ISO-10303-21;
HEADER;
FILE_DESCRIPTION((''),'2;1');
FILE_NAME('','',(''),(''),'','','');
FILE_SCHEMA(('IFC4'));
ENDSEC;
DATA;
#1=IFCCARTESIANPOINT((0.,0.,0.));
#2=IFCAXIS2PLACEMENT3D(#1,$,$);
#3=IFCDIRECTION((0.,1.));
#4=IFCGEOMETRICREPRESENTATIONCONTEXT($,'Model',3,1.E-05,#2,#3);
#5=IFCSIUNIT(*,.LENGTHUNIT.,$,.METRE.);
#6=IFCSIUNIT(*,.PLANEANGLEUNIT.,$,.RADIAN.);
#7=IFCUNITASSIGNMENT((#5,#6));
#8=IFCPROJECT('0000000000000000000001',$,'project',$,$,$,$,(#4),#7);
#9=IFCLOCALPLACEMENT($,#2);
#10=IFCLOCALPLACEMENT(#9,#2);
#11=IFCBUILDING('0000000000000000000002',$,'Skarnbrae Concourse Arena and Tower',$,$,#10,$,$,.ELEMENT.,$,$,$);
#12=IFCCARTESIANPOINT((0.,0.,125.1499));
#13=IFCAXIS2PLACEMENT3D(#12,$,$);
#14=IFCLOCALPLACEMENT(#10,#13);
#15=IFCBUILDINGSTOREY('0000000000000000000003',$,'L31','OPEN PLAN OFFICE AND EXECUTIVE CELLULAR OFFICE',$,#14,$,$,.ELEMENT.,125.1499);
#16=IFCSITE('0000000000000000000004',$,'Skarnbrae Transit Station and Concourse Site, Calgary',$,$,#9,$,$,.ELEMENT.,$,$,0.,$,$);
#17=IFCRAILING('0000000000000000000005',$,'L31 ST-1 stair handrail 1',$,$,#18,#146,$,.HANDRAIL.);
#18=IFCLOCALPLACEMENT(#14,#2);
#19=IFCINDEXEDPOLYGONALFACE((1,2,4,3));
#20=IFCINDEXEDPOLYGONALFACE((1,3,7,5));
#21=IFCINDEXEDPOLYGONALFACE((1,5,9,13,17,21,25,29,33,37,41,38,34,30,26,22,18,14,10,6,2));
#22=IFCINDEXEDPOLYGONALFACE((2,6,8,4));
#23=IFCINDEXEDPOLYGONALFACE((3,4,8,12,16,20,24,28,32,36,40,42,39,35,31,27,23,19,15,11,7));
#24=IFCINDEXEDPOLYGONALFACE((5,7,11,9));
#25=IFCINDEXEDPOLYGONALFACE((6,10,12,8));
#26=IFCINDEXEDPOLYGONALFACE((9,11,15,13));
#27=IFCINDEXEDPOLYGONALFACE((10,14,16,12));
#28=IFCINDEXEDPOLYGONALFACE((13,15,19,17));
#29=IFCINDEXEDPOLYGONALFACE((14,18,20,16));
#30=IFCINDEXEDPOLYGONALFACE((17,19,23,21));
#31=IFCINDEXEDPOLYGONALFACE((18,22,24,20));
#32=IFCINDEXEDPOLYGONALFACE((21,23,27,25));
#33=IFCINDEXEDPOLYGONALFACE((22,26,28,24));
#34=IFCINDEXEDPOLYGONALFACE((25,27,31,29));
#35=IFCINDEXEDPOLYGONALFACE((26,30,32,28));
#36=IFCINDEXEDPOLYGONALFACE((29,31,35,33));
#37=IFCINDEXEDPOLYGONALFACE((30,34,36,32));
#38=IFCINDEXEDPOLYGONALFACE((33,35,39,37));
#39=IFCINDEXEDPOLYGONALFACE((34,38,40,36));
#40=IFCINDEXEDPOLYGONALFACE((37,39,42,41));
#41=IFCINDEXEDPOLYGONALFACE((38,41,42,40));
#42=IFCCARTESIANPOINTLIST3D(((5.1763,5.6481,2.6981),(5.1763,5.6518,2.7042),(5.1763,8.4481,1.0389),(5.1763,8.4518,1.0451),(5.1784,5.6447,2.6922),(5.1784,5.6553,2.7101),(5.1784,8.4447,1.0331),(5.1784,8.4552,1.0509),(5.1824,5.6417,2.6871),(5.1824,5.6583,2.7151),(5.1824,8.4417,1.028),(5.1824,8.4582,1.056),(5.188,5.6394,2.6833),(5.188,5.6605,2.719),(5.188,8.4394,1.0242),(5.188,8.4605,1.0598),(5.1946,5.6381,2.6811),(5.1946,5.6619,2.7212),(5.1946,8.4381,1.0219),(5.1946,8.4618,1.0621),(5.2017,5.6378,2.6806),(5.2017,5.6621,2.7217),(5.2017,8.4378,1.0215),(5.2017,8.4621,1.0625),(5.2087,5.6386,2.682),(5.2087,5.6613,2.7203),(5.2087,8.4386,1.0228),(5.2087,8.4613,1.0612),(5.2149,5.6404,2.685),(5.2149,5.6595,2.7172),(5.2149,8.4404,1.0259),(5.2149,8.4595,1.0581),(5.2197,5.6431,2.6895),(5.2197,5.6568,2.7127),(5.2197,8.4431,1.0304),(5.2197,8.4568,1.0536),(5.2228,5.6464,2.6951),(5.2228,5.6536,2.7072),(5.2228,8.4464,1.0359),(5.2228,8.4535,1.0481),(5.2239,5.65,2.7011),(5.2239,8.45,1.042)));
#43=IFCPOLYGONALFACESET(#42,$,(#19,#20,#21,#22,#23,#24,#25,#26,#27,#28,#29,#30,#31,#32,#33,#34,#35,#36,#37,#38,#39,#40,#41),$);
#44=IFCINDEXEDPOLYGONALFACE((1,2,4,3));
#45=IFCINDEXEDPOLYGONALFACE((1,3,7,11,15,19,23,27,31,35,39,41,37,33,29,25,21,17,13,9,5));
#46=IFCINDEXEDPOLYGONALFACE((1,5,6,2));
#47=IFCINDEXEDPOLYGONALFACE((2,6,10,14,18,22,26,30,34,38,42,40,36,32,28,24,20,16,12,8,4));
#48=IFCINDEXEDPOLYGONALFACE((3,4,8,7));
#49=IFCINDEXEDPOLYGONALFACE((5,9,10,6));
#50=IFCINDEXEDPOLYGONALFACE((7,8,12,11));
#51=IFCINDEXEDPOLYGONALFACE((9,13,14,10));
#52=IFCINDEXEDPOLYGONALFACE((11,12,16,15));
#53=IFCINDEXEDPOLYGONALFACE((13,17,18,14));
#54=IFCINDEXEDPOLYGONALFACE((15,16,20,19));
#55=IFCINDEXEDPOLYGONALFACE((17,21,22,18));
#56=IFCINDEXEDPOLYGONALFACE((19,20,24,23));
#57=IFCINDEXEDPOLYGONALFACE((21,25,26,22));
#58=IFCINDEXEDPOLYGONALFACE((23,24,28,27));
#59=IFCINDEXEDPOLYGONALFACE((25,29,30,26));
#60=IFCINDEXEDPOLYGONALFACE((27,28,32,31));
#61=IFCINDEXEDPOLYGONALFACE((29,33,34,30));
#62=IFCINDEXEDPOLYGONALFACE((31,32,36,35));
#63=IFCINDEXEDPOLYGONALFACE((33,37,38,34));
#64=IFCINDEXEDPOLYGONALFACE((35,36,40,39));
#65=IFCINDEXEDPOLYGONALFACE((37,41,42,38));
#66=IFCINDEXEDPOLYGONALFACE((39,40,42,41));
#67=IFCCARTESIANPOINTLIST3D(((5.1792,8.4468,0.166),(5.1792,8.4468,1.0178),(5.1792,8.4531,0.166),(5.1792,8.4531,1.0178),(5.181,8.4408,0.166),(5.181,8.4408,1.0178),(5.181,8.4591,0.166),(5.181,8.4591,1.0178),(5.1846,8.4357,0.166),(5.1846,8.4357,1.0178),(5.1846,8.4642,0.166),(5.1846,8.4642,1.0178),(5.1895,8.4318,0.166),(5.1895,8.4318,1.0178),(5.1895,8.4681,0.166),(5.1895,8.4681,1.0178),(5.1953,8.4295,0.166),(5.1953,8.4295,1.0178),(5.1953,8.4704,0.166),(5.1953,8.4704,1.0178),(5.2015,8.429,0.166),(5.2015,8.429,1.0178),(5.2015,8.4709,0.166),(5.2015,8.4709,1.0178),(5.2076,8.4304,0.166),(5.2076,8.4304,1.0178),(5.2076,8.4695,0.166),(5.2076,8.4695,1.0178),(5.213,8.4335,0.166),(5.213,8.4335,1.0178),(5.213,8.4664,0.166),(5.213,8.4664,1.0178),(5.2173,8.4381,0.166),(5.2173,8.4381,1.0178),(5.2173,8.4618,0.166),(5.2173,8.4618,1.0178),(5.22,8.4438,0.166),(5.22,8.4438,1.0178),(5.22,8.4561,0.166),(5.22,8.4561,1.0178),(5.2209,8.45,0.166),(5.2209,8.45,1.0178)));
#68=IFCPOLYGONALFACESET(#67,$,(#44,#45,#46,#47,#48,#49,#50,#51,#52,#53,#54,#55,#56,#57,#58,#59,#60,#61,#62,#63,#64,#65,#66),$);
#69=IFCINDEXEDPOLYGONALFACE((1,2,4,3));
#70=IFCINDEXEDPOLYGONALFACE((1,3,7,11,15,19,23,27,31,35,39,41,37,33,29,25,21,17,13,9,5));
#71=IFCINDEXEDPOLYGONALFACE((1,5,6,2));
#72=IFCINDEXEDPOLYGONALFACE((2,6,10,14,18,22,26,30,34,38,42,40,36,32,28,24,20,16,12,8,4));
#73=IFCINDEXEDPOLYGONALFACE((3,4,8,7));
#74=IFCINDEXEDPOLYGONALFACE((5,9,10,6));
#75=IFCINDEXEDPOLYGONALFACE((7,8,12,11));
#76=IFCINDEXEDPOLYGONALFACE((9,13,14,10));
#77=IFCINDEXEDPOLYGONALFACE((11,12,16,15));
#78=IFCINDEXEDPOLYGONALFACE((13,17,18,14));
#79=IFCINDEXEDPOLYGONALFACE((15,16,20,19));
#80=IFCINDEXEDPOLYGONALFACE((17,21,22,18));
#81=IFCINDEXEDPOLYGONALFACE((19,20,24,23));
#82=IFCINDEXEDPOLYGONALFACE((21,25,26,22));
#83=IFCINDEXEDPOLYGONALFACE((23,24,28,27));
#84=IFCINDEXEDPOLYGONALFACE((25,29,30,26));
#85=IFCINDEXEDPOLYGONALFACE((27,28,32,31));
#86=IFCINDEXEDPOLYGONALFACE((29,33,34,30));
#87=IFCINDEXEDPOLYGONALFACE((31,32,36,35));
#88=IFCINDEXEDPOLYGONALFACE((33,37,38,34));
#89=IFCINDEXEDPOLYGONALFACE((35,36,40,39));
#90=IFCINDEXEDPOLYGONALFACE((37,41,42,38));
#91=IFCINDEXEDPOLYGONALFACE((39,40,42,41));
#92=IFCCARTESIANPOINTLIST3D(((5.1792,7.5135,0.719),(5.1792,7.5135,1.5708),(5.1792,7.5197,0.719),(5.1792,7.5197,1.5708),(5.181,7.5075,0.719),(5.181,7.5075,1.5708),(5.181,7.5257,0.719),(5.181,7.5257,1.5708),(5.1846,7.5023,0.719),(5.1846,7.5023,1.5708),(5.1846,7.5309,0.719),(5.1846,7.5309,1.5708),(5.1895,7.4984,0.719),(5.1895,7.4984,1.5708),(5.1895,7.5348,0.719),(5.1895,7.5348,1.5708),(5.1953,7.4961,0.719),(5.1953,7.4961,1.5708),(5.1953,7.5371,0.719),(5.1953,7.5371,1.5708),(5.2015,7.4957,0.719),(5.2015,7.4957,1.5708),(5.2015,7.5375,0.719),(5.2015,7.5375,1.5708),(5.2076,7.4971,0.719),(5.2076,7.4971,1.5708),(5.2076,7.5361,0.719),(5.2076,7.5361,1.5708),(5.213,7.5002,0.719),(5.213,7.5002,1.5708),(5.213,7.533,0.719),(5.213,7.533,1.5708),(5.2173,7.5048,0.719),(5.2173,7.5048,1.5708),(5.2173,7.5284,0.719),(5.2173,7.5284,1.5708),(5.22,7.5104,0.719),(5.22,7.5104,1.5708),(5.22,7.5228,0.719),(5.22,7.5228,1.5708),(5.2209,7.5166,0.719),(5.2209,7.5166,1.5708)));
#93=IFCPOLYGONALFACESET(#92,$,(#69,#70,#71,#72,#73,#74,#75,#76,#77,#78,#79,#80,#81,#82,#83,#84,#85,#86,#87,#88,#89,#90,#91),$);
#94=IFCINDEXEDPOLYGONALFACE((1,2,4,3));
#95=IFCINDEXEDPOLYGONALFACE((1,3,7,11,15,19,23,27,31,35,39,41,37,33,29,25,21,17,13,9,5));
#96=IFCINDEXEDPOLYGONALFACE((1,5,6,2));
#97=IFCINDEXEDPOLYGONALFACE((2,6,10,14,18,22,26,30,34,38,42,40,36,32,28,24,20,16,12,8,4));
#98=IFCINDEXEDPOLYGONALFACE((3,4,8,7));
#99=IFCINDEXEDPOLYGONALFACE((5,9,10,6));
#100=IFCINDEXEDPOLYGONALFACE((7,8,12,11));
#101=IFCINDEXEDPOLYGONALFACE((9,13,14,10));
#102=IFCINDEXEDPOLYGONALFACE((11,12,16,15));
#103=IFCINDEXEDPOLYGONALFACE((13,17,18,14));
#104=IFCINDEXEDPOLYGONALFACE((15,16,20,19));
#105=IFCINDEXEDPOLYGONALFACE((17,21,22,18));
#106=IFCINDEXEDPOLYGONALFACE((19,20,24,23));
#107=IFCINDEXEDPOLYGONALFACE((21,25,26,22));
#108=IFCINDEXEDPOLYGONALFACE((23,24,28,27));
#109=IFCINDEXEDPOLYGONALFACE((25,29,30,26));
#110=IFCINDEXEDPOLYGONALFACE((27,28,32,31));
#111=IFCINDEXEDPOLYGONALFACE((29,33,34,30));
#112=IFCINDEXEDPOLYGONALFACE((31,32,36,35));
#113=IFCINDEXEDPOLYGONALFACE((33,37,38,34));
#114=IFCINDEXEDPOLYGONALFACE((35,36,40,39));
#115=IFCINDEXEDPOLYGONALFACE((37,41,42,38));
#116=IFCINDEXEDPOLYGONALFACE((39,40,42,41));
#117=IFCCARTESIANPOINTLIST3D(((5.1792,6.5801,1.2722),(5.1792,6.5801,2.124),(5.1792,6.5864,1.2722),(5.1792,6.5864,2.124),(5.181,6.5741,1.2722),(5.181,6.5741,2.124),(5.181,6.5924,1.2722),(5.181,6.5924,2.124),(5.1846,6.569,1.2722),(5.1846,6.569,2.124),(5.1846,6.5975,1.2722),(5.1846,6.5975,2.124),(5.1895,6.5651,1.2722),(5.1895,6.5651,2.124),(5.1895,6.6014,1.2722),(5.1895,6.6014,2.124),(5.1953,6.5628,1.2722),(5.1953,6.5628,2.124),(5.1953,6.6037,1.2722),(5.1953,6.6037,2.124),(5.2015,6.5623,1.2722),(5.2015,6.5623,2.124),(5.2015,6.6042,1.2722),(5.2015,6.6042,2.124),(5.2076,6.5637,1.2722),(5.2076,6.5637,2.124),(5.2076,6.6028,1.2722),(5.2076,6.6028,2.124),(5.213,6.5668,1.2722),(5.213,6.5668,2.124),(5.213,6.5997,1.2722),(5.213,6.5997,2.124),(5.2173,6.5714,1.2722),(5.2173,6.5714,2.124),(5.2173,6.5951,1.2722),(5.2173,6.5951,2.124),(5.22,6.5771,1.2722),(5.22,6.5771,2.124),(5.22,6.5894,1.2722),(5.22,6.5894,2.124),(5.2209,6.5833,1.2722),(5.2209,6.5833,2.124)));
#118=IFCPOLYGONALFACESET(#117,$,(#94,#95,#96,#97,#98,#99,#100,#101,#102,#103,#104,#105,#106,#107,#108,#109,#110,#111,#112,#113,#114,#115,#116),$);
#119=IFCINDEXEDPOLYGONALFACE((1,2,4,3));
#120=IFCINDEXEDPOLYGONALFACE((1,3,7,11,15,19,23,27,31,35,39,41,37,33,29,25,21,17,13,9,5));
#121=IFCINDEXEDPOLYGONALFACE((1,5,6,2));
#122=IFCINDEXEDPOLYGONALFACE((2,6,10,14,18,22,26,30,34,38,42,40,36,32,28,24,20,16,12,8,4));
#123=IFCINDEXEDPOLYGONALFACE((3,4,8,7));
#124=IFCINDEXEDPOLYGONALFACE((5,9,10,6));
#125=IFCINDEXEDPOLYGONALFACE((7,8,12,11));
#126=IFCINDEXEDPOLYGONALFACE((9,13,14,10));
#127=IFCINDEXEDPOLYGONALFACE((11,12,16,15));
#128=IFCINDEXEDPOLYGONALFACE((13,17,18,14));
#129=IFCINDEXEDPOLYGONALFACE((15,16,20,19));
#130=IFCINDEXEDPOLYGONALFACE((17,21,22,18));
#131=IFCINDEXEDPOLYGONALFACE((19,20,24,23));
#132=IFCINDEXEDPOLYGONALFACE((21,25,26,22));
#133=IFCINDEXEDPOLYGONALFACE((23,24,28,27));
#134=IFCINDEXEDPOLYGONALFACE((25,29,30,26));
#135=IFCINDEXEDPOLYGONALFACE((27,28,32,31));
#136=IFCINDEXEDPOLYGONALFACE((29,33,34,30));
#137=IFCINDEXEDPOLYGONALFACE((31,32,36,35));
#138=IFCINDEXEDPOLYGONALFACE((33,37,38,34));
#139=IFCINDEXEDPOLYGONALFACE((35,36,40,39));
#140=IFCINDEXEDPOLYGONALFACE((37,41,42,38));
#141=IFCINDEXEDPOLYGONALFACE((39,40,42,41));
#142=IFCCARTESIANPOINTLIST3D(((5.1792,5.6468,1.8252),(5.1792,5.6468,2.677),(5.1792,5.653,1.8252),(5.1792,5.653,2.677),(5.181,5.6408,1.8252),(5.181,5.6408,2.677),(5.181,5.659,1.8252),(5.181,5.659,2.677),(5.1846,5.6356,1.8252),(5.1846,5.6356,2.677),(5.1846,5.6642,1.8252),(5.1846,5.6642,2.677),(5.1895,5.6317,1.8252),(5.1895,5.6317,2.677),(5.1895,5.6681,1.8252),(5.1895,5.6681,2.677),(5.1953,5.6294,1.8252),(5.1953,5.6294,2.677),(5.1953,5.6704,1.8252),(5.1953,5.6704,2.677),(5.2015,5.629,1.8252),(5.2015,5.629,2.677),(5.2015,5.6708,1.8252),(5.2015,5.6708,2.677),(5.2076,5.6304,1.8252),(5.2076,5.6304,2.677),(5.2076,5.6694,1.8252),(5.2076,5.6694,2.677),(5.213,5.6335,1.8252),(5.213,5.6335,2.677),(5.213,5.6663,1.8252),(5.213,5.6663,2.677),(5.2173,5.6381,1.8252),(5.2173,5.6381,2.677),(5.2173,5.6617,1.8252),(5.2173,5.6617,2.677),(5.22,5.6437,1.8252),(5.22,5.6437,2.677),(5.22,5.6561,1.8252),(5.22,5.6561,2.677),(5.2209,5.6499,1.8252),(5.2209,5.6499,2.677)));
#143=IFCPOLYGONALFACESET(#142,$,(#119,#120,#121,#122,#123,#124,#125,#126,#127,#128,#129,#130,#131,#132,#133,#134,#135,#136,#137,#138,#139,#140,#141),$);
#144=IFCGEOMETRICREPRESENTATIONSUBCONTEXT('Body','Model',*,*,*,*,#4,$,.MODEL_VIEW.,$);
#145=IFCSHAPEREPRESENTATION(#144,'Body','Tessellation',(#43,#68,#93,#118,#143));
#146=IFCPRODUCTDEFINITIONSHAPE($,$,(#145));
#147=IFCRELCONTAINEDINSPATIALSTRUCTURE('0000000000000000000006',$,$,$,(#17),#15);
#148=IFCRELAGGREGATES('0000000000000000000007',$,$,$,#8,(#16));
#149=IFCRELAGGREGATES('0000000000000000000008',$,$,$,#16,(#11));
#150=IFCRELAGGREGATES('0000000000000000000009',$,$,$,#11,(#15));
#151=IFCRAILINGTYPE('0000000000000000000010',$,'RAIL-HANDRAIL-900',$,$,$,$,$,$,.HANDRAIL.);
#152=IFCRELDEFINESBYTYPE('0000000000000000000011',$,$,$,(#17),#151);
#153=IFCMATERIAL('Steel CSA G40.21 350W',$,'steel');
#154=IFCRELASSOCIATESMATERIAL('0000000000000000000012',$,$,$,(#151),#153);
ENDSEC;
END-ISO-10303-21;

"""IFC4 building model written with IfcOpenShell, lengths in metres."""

from ifc_helpers import new_model, si_unit, direction, frame, origin, origin_2d, place, context, subcontext, project, spatial, circle, extrude, material, type_object, element, save


model = new_model("IFC4")

# Units and contexts
model_context = context("Model", 3, precision=1e-05, world=origin(), true_north=direction((0.0, 1.0)))
body_context = subcontext(model_context, "Body", "Model", "MODEL_VIEW")
ifc_project = project(units=[si_unit("LENGTHUNIT", "METRE"), si_unit("PLANEANGLEUNIT", "RADIAN")], contexts=[model_context])

# Site, building, storey
site_placement = place(None, origin())
site = spatial("IfcSite", under=ifc_project, at=site_placement, Name="Skarnbrae Transit Station and Concourse Site, Calgary", CompositionType="ELEMENT", RefElevation=0.0)
building_placement = place(site_placement, origin())
building = spatial("IfcBuilding", under=site, at=building_placement, Name="Skarnbrae Concourse Arena and Tower", CompositionType="ELEMENT")
storey_placement = place(building_placement, frame((0.0, 0.0, 125.1499)))
storey = spatial("IfcBuildingStorey", under=building, at=storey_placement, Name="L31", Description="OPEN PLAN OFFICE AND EXECUTIVE CELLULAR OFFICE", CompositionType="ELEMENT", Elevation=125.1499)

# Shared definitions
ifc_material_1 = material(Name="Steel CSA G40.21 350W", Category="steel")

# Railing
railing_type_1 = type_object("IfcRailingType", Name="RAIL-HANDRAIL-900", PredefinedType="HANDRAIL", material=ifc_material_1)
railing_1_placement = place(storey_placement, frame((5.2, 8.45, 0.166)))
element("IfcRailing", 1, at=railing_1_placement, inside=storey, type_object=railing_type_1, Name="L31 ST-1 stair handrail 1", PredefinedType="HANDRAIL", context=body_context, shape_type="SweptSolid", body=[
    extrude(circle(Radius=0.0239, at=origin_2d()), frame((0.0, 0.0, 0.876), z_axis=(0.0, -0.860306, 0.509778), x_axis=(1.0, 0.0, 0.0)), (0.0, 0.0, 1.0), 3.2546),
    extrude(circle(Radius=0.021, at=origin_2d()), origin(), (0.0, 0.0, 1.0), 0.8518),
    extrude(circle(Radius=0.021, at=origin_2d()), frame((0.0, -0.9333, 0.553)), (0.0, 0.0, 1.0), 0.8518),
    extrude(circle(Radius=0.021, at=origin_2d()), frame((0.0, -1.8667, 1.1062)), (0.0, 0.0, 1.0), 0.8518),
    extrude(circle(Radius=0.021, at=origin_2d()), frame((0.0, -2.8, 1.6592)), (0.0, 0.0, 1.0), 0.8518),
])

save(model, "model.ifc")
